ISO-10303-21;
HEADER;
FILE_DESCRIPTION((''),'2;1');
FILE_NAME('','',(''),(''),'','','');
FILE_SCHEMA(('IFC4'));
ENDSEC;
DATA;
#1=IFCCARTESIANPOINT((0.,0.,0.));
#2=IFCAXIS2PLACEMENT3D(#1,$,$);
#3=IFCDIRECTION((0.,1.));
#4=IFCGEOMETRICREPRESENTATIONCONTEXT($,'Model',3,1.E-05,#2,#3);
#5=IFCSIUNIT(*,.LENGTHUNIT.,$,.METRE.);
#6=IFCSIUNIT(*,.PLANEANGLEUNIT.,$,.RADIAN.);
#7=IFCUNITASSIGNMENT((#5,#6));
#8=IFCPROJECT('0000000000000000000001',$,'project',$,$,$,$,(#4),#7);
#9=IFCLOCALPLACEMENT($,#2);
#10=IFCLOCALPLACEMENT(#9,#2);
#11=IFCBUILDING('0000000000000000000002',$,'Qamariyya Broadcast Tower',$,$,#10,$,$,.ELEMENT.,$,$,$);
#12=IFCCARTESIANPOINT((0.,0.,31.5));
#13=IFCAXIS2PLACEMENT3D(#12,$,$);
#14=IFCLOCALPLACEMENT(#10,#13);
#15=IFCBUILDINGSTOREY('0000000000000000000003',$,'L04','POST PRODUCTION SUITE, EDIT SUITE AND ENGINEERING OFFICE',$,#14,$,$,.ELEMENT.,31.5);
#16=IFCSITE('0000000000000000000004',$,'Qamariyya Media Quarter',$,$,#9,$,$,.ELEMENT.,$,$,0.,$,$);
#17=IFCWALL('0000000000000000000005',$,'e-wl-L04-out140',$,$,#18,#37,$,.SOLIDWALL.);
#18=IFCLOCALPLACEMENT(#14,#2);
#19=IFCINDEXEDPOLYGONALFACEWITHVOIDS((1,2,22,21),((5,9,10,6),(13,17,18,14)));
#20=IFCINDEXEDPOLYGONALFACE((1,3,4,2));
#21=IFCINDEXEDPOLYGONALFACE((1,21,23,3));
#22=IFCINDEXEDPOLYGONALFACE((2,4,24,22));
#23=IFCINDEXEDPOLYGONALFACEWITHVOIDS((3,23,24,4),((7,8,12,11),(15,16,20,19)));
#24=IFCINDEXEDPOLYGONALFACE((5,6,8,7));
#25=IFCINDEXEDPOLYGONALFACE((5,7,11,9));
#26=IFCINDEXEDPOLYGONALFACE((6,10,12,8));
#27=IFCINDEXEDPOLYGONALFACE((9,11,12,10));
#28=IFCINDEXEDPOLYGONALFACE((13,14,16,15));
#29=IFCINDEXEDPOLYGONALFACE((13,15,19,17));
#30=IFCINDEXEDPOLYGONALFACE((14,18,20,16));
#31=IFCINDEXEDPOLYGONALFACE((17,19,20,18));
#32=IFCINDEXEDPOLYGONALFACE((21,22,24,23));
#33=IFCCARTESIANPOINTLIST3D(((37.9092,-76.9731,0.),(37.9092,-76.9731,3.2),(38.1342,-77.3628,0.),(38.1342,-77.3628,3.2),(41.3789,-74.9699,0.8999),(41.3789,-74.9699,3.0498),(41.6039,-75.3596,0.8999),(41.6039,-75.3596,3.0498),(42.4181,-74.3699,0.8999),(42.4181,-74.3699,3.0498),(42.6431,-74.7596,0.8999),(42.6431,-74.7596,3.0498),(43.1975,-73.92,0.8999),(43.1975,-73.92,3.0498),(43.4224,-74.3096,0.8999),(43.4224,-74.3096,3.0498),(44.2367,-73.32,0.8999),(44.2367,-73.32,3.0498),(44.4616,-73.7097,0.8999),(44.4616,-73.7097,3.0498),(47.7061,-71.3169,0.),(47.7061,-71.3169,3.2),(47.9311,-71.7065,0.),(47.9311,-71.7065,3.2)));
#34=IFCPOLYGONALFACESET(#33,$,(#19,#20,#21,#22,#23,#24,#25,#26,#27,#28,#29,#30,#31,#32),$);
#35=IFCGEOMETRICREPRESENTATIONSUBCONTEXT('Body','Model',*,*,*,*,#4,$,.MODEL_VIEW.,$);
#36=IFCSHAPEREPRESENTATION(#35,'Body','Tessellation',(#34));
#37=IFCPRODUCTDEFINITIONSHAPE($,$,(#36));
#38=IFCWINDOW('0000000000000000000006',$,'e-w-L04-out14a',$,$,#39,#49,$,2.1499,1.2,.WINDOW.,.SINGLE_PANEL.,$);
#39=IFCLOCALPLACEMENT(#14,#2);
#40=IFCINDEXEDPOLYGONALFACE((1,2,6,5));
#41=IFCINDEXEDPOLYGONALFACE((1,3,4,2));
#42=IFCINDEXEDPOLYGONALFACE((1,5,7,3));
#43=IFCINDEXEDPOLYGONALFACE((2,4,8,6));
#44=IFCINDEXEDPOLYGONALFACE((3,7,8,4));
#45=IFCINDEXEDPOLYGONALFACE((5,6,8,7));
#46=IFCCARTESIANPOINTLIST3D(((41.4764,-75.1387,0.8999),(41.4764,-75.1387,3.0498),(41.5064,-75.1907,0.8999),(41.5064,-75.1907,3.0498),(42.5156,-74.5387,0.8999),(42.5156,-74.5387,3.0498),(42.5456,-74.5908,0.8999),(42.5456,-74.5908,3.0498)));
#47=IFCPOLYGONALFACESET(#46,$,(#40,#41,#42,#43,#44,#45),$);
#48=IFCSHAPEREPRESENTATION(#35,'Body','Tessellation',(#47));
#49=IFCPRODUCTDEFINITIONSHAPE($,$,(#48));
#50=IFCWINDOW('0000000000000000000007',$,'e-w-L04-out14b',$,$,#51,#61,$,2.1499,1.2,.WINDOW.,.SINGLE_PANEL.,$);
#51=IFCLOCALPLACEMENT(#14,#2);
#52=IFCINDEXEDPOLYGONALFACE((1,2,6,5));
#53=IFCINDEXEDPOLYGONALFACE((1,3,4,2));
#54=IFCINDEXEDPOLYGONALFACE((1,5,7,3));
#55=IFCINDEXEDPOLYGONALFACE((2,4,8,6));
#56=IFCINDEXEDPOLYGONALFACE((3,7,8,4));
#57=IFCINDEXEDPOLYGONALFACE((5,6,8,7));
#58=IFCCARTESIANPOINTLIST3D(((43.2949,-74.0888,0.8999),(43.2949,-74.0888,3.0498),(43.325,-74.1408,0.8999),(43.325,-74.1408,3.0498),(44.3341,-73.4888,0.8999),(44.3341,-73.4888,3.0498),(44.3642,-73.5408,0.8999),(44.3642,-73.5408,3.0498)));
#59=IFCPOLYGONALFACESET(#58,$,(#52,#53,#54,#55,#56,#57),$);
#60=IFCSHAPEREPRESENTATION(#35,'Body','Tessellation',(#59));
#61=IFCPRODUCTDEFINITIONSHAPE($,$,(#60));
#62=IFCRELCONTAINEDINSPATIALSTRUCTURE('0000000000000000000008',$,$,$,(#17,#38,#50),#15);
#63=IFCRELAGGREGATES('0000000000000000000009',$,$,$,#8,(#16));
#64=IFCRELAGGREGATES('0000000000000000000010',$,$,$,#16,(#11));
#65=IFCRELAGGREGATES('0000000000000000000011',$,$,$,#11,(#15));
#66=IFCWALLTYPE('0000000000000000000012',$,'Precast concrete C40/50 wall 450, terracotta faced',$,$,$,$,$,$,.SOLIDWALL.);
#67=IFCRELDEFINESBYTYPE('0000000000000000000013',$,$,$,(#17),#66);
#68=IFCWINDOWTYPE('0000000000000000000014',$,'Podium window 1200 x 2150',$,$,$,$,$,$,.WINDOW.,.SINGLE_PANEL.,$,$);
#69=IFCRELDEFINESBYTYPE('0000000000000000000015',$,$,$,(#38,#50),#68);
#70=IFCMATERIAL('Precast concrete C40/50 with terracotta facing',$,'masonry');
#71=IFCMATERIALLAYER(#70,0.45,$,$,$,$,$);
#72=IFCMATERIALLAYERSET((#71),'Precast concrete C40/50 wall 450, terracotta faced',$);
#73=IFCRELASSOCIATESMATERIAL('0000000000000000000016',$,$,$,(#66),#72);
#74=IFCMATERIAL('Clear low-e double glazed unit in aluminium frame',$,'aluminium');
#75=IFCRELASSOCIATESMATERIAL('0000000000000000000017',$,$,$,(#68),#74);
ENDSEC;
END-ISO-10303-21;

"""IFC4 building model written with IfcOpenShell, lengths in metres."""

from ifc_helpers import new_model, si_unit, direction, frame, frame_2d, origin, place, context, subcontext, project, spatial, rectangle, extrude, material, layer, layer_set, type_object, element, fill, save


model = new_model("IFC4")

# Units and contexts
model_context = context("Model", 3, precision=1e-05, world=origin(), true_north=direction((0.0, 1.0)))
body_context = subcontext(model_context, "Body", "Model", "MODEL_VIEW")
ifc_project = project(units=[si_unit("LENGTHUNIT", "METRE"), si_unit("PLANEANGLEUNIT", "RADIAN")], contexts=[model_context])

# Site, building, storey
site_placement = place(None, origin())
site = spatial("IfcSite", under=ifc_project, at=site_placement, Name="Qamariyya Media Quarter", CompositionType="ELEMENT", RefElevation=0.0)
building_placement = place(site_placement, origin())
building = spatial("IfcBuilding", under=site, at=building_placement, Name="Qamariyya Broadcast Tower", CompositionType="ELEMENT")
storey_placement = place(building_placement, frame((0.0, 0.0, 31.5)))
storey = spatial("IfcBuildingStorey", under=building, at=storey_placement, Name="L04", Description="POST PRODUCTION SUITE, EDIT SUITE AND ENGINEERING OFFICE", CompositionType="ELEMENT", Elevation=31.5)

# Wall, openings, windows
ifc_material_1 = material(Name="Precast concrete C40/50 with terracotta facing", Category="masonry")
ifc_layer_1 = layer(ifc_material_1, 0.45)
ifc_layer_set_1 = layer_set([ifc_layer_1], Name="Precast concrete C40/50 wall 450, terracotta faced")
wall_type_1 = type_object("IfcWallType", Name="Precast concrete C40/50 wall 450, terracotta faced", PredefinedType="SOLIDWALL", material=ifc_layer_set_1)
wall_1_placement = place(storey_placement, frame((38.0217, -77.168, 0.0), z_axis=(0.0, 0.0, 1.0), x_axis=(0.866025, 0.500001, 0.0)))
wall_1 = element("IfcWall", 1, at=wall_1_placement, inside=storey, type_object=wall_type_1, Name="e-wl-L04-out140", PredefinedType="SOLIDWALL", context=body_context, shape_type="SweptSolid", body=[
    extrude(rectangle(XDim=11.3125, YDim=0.45, at=frame_2d((5.6562, 0.0))), origin(), (0.0, 0.0, 1.0), 3.2),
])
opening_1_placement = place(wall_1_placement, frame((4.0063, 0.0, 0.8999)))
opening_1 = element("IfcOpeningElement", 2, at=opening_1_placement, cuts=wall_1, PredefinedType="OPENING", context=body_context, shape_type="SweptSolid", body=[
    extrude(rectangle(XDim=1.2, YDim=2.1499, at=frame_2d((0.6001, 1.075))), frame((0.0, 0.2349, 0.0), z_axis=(0.0, -1.0, 0.0), x_axis=(1.0, 0.0, 0.0)), (0.0, 0.0, 1.0), 0.47),
])
opening_2_placement = place(wall_1_placement, frame((6.1062, 0.0, 0.8999)))
opening_2 = element("IfcOpeningElement", 3, at=opening_2_placement, cuts=wall_1, PredefinedType="OPENING", context=body_context, shape_type="SweptSolid", body=[
    extrude(rectangle(XDim=1.2, YDim=2.1499, at=frame_2d((0.6001, 1.075))), frame((0.0, 0.2349, 0.0), z_axis=(0.0, -1.0, 0.0), x_axis=(1.0, 0.0, 0.0)), (0.0, 0.0, 1.0), 0.47),
])
ifc_material_2 = material(Name="Clear low-e double glazed unit in aluminium frame", Category="aluminium")
window_type = type_object("IfcWindowType", Name="Podium window 1200 x 2150", PartitioningType="SINGLE_PANEL", PredefinedType="WINDOW", material=ifc_material_2)
window_1_placement = place(opening_1_placement, origin())
window_1 = element("IfcWindow", 4, at=window_1_placement, inside=storey, type_object=window_type, Name="e-w-L04-out14a", OverallHeight=2.1499, OverallWidth=1.2, PartitioningType="SINGLE_PANEL", PredefinedType="WINDOW", context=body_context, shape_type="SweptSolid", body=[
    extrude(rectangle(XDim=1.2, YDim=2.1499, at=frame_2d((0.6001, 1.075))), frame((0.0, 0.03, 0.0), z_axis=(0.0, -1.0, 0.0), x_axis=(1.0, 0.0, 0.0)), (0.0, 0.0, 1.0), 0.0601),
])
fill(opening_1, window_1)
window_2_placement = place(opening_2_placement, origin())
window_2 = element("IfcWindow", 5, at=window_2_placement, inside=storey, type_object=window_type, Name="e-w-L04-out14b", OverallHeight=2.1499, OverallWidth=1.2, PartitioningType="SINGLE_PANEL", PredefinedType="WINDOW", context=body_context, shape_type="SweptSolid", body=[
    extrude(rectangle(XDim=1.2, YDim=2.1499, at=frame_2d((0.6001, 1.075))), frame((0.0, 0.03, 0.0), z_axis=(0.0, -1.0, 0.0), x_axis=(1.0, 0.0, 0.0)), (0.0, 0.0, 1.0), 0.0601),
])
fill(opening_2, window_2)

save(model, "model.ifc")
